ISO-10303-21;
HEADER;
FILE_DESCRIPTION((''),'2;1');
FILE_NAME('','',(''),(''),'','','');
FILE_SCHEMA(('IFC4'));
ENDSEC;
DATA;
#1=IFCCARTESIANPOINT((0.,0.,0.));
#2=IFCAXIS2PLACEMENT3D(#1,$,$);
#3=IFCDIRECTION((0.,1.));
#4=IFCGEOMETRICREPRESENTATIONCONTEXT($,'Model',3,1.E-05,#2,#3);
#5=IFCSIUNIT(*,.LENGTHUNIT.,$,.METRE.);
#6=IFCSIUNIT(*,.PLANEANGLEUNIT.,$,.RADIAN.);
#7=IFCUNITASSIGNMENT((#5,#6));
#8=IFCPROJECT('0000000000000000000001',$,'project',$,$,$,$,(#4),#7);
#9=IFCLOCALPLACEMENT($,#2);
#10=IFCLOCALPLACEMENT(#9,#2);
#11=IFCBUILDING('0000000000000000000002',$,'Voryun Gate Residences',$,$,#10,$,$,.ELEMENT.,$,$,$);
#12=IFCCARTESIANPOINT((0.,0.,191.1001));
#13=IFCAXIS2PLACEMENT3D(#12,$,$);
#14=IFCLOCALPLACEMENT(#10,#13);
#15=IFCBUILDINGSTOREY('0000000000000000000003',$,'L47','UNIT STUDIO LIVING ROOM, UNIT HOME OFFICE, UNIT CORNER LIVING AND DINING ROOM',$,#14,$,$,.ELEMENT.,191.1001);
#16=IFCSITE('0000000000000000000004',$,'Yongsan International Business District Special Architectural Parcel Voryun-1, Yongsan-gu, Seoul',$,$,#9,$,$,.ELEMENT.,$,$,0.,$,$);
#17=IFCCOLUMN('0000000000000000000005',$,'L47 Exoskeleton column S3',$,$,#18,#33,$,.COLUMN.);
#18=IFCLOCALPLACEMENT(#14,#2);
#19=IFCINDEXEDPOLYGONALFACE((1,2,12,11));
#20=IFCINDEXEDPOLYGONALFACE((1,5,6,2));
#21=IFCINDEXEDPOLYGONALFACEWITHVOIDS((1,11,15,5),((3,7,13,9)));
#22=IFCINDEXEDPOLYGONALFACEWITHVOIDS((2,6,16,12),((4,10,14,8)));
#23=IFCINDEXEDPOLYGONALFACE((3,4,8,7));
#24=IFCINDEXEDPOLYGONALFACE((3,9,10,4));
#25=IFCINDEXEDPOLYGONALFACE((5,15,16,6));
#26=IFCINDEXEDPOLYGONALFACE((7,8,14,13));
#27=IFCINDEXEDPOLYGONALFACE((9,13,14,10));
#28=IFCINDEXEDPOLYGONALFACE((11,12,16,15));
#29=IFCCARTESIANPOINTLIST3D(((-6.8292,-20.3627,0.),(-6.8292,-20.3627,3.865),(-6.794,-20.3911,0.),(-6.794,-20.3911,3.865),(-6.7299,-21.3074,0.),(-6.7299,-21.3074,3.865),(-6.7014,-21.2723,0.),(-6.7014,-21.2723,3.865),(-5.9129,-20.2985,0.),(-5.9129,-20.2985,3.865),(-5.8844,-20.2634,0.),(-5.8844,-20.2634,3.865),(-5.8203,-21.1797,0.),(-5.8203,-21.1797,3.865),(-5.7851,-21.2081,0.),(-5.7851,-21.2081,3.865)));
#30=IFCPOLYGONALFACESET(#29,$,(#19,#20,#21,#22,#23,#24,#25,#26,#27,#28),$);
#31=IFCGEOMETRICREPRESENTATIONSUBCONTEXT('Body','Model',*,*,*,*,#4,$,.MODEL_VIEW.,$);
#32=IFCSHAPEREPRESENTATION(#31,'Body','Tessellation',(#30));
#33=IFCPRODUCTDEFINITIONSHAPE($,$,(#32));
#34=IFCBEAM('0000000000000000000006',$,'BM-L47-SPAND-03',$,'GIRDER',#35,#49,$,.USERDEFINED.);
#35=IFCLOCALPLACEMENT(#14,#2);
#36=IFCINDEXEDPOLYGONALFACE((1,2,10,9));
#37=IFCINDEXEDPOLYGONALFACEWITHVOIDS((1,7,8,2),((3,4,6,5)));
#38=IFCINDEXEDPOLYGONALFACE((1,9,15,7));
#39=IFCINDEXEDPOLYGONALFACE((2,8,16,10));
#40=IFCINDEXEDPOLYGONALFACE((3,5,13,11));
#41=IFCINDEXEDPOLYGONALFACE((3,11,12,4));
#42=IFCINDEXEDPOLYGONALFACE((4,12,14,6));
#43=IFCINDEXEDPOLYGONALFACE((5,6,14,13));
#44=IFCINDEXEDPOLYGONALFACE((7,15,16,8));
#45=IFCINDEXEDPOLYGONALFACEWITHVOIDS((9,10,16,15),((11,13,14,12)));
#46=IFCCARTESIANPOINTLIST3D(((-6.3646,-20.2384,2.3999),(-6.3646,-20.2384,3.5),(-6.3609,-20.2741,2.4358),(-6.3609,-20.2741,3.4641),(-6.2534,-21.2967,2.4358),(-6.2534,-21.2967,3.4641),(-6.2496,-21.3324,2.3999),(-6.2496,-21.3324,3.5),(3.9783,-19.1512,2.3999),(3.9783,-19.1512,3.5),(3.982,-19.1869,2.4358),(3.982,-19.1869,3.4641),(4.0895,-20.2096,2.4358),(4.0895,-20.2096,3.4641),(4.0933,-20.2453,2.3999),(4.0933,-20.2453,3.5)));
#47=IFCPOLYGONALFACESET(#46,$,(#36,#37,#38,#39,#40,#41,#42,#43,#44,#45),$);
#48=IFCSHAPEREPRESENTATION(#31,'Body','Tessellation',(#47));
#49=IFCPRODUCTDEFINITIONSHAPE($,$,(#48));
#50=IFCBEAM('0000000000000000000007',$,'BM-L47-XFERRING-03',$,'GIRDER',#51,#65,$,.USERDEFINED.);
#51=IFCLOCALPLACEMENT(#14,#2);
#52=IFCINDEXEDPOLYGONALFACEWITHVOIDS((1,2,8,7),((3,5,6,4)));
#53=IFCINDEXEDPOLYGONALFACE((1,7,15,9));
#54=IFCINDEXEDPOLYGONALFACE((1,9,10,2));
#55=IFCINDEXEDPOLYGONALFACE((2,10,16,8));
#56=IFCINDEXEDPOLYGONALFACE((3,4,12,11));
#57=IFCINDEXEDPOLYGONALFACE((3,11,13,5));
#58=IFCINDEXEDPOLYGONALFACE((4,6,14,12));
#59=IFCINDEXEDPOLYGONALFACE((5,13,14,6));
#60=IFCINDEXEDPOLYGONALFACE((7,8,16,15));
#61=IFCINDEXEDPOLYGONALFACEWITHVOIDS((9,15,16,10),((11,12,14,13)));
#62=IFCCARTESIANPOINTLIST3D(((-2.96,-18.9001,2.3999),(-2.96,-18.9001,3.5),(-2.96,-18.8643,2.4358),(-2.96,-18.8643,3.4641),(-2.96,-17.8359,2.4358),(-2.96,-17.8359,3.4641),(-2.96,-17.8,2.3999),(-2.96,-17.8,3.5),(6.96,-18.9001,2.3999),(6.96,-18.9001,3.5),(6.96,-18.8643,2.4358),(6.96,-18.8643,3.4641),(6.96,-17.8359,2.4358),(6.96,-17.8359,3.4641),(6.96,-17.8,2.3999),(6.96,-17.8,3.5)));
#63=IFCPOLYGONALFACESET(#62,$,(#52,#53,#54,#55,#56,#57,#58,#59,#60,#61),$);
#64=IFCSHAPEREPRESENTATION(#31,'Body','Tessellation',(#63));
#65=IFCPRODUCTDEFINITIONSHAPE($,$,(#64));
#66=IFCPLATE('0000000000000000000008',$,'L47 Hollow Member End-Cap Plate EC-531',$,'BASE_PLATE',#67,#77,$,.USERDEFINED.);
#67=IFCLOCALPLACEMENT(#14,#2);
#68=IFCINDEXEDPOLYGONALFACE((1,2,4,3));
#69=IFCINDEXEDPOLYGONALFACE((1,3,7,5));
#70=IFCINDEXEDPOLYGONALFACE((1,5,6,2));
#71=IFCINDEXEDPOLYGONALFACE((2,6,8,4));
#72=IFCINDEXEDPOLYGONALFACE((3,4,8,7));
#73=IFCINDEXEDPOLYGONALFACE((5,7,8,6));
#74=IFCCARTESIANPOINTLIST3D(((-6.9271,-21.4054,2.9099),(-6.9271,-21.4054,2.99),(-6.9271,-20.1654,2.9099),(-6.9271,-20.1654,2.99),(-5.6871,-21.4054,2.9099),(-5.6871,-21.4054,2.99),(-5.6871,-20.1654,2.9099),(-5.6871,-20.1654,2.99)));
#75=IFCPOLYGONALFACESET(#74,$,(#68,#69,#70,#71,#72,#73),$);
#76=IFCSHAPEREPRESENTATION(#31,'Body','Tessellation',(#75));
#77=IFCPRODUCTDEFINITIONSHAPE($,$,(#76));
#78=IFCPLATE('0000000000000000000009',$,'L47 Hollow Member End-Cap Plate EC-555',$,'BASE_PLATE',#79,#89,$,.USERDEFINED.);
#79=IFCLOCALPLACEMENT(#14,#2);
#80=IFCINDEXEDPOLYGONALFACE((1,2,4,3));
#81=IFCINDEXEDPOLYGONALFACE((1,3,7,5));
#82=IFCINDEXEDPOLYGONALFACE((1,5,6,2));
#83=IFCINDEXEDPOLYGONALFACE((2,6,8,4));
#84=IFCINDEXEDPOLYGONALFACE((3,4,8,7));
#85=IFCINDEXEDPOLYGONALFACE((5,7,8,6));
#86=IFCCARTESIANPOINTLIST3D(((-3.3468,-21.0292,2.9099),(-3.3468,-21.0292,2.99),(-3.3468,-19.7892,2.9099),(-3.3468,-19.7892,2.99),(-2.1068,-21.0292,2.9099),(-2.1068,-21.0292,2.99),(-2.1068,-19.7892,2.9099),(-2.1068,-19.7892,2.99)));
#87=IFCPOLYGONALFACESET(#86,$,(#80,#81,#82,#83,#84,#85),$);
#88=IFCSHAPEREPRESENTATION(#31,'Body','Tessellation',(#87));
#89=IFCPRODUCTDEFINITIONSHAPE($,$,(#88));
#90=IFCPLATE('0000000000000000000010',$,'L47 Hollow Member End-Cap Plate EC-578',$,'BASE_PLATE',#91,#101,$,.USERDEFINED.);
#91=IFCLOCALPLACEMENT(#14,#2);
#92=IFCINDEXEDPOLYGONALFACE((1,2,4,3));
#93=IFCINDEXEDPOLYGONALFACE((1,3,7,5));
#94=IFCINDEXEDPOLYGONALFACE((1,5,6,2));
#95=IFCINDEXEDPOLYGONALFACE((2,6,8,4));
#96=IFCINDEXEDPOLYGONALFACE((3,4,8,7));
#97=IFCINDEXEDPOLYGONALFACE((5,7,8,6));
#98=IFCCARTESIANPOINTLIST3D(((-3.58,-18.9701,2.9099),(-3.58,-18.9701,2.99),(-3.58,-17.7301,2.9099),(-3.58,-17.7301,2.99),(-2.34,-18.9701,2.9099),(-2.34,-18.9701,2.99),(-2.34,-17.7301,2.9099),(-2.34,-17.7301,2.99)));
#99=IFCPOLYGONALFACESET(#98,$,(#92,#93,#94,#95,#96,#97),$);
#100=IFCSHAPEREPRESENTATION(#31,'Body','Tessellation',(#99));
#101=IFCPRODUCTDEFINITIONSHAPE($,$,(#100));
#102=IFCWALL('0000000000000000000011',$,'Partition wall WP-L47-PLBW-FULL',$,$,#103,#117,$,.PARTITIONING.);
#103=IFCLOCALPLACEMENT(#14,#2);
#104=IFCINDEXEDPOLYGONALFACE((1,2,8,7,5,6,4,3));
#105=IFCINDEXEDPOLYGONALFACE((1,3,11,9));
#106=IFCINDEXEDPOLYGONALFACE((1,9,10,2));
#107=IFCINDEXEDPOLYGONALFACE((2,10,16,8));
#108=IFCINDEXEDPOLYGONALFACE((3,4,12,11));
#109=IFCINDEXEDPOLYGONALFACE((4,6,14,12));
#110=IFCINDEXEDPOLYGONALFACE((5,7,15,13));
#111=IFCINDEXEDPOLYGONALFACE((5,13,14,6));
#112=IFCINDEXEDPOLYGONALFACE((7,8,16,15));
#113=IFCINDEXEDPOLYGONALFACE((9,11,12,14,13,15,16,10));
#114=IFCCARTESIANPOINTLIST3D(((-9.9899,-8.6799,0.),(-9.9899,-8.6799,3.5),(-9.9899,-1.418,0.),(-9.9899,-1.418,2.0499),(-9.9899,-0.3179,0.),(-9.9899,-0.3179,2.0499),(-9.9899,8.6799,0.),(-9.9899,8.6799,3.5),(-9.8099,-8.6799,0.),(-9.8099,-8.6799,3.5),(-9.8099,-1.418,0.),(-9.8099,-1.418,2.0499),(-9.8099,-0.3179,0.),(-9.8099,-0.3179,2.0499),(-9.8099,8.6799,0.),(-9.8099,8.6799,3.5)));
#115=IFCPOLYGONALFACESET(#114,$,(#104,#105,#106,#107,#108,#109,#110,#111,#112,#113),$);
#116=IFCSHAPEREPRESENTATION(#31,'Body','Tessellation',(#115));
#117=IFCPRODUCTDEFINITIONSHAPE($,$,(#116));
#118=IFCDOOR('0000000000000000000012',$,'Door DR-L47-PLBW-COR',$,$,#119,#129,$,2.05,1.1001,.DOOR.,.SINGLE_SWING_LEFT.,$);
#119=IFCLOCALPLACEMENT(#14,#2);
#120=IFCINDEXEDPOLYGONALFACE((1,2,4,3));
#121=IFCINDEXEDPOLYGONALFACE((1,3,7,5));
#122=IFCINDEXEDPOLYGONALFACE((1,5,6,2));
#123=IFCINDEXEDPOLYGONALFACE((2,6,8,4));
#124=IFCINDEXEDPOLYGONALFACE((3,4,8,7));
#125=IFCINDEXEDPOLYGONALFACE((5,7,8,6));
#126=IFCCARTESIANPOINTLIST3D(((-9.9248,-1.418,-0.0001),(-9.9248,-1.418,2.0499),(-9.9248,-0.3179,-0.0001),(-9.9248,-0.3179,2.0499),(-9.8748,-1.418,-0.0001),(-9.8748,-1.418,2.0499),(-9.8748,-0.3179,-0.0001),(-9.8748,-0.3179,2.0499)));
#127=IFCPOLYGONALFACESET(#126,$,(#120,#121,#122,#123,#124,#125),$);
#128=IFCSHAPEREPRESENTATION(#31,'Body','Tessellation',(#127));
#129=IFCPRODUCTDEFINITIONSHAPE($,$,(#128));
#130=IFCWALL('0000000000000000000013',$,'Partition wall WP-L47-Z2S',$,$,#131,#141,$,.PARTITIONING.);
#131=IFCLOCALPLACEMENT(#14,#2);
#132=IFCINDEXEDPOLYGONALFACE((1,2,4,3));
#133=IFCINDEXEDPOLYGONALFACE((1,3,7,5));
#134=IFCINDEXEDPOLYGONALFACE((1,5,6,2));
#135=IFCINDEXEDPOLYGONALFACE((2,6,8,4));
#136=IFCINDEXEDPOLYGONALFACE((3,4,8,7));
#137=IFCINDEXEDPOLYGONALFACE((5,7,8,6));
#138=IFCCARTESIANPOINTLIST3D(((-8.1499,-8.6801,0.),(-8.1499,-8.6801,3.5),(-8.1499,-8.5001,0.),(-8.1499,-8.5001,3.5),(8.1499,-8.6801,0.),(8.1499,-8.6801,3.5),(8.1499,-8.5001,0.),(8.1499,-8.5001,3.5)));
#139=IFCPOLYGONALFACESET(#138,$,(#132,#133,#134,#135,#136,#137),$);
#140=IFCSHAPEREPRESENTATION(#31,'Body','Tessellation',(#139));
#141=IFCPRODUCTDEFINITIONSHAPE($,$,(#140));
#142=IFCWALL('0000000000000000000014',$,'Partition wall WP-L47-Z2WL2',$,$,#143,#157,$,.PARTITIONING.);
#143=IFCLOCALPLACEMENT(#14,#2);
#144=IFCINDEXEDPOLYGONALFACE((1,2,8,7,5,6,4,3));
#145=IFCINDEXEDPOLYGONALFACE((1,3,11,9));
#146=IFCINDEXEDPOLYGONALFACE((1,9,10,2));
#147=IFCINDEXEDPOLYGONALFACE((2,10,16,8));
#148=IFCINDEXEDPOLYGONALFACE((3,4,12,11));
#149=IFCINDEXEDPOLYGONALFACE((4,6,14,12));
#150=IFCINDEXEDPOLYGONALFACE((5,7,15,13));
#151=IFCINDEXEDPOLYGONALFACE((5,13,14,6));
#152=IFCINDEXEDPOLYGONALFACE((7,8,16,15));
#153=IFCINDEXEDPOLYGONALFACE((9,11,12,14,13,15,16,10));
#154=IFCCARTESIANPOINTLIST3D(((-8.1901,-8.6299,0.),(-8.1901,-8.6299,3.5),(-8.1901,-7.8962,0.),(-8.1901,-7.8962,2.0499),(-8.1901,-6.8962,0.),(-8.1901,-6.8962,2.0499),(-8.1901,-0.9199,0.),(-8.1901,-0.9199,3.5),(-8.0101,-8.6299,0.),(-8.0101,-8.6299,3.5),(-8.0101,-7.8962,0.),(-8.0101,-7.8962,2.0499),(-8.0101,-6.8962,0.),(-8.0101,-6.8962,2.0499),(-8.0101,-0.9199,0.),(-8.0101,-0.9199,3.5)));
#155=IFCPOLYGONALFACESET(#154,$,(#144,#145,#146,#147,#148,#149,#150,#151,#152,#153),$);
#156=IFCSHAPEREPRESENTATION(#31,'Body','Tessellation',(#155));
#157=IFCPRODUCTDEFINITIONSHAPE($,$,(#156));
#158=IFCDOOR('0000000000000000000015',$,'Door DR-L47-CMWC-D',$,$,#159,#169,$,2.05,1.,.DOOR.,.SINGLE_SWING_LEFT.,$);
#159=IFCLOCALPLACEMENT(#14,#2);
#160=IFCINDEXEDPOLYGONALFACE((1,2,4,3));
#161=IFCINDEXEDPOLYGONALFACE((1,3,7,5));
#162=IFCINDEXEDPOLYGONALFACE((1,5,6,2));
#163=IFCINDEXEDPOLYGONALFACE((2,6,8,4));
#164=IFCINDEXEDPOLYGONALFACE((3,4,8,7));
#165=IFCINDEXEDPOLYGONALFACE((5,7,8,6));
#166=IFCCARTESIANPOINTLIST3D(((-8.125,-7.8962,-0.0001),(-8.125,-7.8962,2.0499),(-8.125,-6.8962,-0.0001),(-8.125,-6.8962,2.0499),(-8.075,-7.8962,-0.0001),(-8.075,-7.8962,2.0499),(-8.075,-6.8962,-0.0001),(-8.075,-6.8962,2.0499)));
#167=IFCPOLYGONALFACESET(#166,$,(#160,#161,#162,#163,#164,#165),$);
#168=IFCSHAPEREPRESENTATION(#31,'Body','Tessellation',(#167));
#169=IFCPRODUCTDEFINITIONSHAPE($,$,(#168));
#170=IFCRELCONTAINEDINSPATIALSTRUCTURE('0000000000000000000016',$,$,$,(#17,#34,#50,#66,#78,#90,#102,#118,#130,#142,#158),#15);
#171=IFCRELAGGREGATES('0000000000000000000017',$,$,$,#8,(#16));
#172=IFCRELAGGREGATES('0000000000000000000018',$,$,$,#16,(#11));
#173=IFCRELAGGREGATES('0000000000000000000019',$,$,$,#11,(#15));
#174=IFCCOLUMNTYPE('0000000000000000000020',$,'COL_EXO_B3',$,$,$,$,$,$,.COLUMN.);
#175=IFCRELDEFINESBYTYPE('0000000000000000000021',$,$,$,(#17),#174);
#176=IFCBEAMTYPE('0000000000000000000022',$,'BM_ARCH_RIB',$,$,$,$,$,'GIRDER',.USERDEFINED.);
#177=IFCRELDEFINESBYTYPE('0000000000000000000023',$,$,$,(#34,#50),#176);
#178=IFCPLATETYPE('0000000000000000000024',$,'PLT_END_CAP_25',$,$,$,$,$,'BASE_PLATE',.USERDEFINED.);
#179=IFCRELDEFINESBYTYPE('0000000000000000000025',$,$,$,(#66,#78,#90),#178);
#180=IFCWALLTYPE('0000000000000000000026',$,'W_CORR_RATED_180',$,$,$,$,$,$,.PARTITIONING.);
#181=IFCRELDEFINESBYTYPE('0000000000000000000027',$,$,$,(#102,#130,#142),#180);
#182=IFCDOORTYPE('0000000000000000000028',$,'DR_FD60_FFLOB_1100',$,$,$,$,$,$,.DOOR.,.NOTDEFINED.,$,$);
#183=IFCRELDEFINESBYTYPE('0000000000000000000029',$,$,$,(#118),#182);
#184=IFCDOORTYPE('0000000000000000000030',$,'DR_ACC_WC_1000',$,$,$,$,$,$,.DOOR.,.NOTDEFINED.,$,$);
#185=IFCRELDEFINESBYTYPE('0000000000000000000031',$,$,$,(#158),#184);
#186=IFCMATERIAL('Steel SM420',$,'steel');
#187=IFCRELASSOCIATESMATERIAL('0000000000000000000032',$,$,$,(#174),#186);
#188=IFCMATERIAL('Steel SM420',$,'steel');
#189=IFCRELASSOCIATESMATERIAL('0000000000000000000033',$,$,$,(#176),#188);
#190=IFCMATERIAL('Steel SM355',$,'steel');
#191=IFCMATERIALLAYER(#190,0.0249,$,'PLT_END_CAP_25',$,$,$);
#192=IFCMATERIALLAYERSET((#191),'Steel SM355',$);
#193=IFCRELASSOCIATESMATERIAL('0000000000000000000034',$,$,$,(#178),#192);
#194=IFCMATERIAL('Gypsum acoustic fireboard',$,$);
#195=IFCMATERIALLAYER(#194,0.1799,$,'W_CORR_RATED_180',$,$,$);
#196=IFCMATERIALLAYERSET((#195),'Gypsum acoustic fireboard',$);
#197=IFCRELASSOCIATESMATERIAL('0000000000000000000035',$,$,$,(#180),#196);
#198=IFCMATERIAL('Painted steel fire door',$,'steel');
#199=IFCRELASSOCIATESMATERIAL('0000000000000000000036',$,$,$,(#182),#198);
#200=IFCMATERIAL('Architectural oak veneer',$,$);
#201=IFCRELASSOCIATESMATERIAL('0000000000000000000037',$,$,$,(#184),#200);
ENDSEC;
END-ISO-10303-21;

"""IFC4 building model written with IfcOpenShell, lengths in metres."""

from ifc_helpers import new_model, si_unit, direction, frame, frame_2d, origin, origin_2d, place, context, subcontext, project, spatial, rectangle, hollow_rectangle, extrude, material, layer, layer_set, material_profile, profile_set, type_object, element, fill, save


model = new_model("IFC4")

# Units and contexts
model_context = context("Model", 3, precision=1e-05, world=origin(), true_north=direction((0.0, 1.0)))
body_context = subcontext(model_context, "Body", "Model", "MODEL_VIEW")
ifc_project = project(units=[si_unit("LENGTHUNIT", "METRE"), si_unit("PLANEANGLEUNIT", "RADIAN")], contexts=[model_context])

# Site, building, storey
site_placement = place(None, origin())
site = spatial("IfcSite", under=ifc_project, at=site_placement, Name="Yongsan International Business District Special Architectural Parcel Voryun-1, Yongsan-gu, Seoul", CompositionType="ELEMENT", RefElevation=0.0)
building_placement = place(site_placement, origin())
building = spatial("IfcBuilding", under=site, at=building_placement, Name="Voryun Gate Residences", CompositionType="ELEMENT")
storey_placement = place(building_placement, frame((0.0, 0.0, 191.1001)))
storey = spatial("IfcBuildingStorey", under=building, at=storey_placement, Name="L47", Description="UNIT STUDIO LIVING ROOM, UNIT HOME OFFICE, UNIT CORNER LIVING AND DINING ROOM", CompositionType="ELEMENT", Elevation=191.1001)

# Column
ifc_material_1 = material(Name="Steel SM420", Category="steel")
ifc_material_profile_1 = material_profile(ifc_material_1, hollow_rectangle(XDim=0.95, YDim=0.95, WallThickness=0.032, at=origin_2d()), Name="BOX-950x950x32")
ifc_profile_set_1 = profile_set([ifc_material_profile_1], Name="Steel SM420")
column_type = type_object("IfcColumnType", Name="COL_EXO_B3", PredefinedType="COLUMN", material=ifc_profile_set_1)
column_placement = place(storey_placement, frame((-6.3071, -20.7854, 0.0), z_axis=(0.0, 0.0, 1.0), x_axis=(0.994522, 0.104528, 0.0)))
element("IfcColumn", 1, at=column_placement, inside=storey, type_object=column_type, Name="L47 Exoskeleton column S3", PredefinedType="COLUMN", context=body_context, shape_type="SweptSolid", body=[
    extrude(hollow_rectangle(XDim=0.95, YDim=0.95, WallThickness=0.032, at=origin_2d()), origin(), (0.0, 0.0, 1.0), 3.865),
])

# Beams
ifc_material_2 = material(Name="Steel SM420", Category="steel")
ifc_material_profile_2 = material_profile(ifc_material_2, hollow_rectangle(XDim=1.1001, YDim=1.1001, WallThickness=0.0359, at=origin_2d()), Name="BOX-1100x1100x36")
ifc_profile_set_2 = profile_set([ifc_material_profile_2], Name="Steel SM420")
beam_type = type_object("IfcBeamType", Name="BM_ARCH_RIB", ElementType="GIRDER", PredefinedType="USERDEFINED", material=ifc_profile_set_2)
beam_1_placement = place(storey_placement, frame((-6.3071, -20.7854, 2.95), z_axis=(0.994521, 0.104534, 0.0), x_axis=(-0.104534, 0.994521, 0.0)))
element("IfcBeam", 2, at=beam_1_placement, inside=storey, type_object=beam_type, Name="BM-L47-SPAND-03", ObjectType="GIRDER", PredefinedType="USERDEFINED", context=body_context, shape_type="SweptSolid", body=[
    extrude(hollow_rectangle(XDim=1.1001, YDim=1.1001, WallThickness=0.0359, at=origin_2d()), origin(), (0.0, 0.0, 1.0), 10.3999),
])
beam_2_placement = place(storey_placement, frame((-2.96, -18.3501, 2.95), z_axis=(1.0, 0.0, 0.0), x_axis=(0.0, 1.0, 0.0)))
element("IfcBeam", 3, at=beam_2_placement, inside=storey, type_object=beam_type, Name="BM-L47-XFERRING-03", ObjectType="GIRDER", PredefinedType="USERDEFINED", context=body_context, shape_type="SweptSolid", body=[
    extrude(hollow_rectangle(XDim=1.1001, YDim=1.1001, WallThickness=0.0359, at=origin_2d()), origin(), (0.0, 0.0, 1.0), 9.9199),
])

# Plates
ifc_material_3 = material(Name="Steel SM355", Category="steel")
ifc_layer_1 = layer(ifc_material_3, 0.0249, Name="PLT_END_CAP_25")
ifc_layer_set_1 = layer_set([ifc_layer_1], Name="Steel SM355")
plate_type = type_object("IfcPlateType", Name="PLT_END_CAP_25", ElementType="BASE_PLATE", PredefinedType="USERDEFINED", material=ifc_layer_set_1)
for number, where, z_axis, x_axis, name in (
    (4, (-6.3071, -20.7854, 2.9099), (0.0, 0.0, 1.0), (1.0, 0.0, 0.0), "L47 Hollow Member End-Cap Plate EC-531"),
    (5, (-2.7268, -20.4092, 2.9099), (0.0, 0.0, 1.0), (1.0, 0.0, 0.0), "L47 Hollow Member End-Cap Plate EC-555"),
    (6, (-2.96, -18.3501, 2.9099), (0.0, 0.0, 1.0), (1.0, 0.0, 0.0), "L47 Hollow Member End-Cap Plate EC-578"),
):
    element("IfcPlate", number, at=place(storey_placement, frame(where, z_axis=z_axis, x_axis=x_axis)), inside=storey, type_object=plate_type, Name=name, ObjectType="BASE_PLATE", PredefinedType="USERDEFINED", context=body_context, shape_type="SweptSolid", body=[
        extrude(rectangle(XDim=1.24, YDim=1.24, at=origin_2d()), origin(), (0.0, 0.0, 1.0), 0.0801),
    ])

# Wall, opening, door
ifc_material_4 = material(Name="Gypsum acoustic fireboard")
ifc_layer_2 = layer(ifc_material_4, 0.1799, Name="W_CORR_RATED_180")
ifc_layer_set_2 = layer_set([ifc_layer_2], Name="Gypsum acoustic fireboard")
wall_type_1 = type_object("IfcWallType", Name="W_CORR_RATED_180", PredefinedType="PARTITIONING", material=ifc_layer_set_2)
wall_1_placement = place(storey_placement, frame((-9.8999, -8.6799, 0.0), z_axis=(0.0, 0.0, 1.0), x_axis=(0.0, 1.0, 0.0)))
wall_1 = element("IfcWall", 7, at=wall_1_placement, inside=storey, type_object=wall_type_1, Name="Partition wall WP-L47-PLBW-FULL", PredefinedType="PARTITIONING", context=body_context, shape_type="SweptSolid", body=[
    extrude(rectangle(XDim=17.3599, YDim=0.1799, at=frame_2d((8.6799, 0.0))), origin(), (0.0, 0.0, 1.0), 3.5),
])
opening_1_placement = place(wall_1_placement, frame((7.262, 0.0, 0.0)))
opening_1 = element("IfcOpeningElement", 8, at=opening_1_placement, cuts=wall_1, PredefinedType="OPENING", context=body_context, shape_type="SweptSolid", body=[
    extrude(rectangle(XDim=1.1001, YDim=2.05, at=frame_2d((0.55, 1.0249))), frame((0.0, 0.0999, 0.0), z_axis=(0.0, -1.0, 0.0), x_axis=(1.0, 0.0, 0.0)), (0.0, 0.0, 1.0), 0.2),
])
ifc_material_5 = material(Name="Painted steel fire door", Category="steel")
door_type_1 = type_object("IfcDoorType", Name="DR_FD60_FFLOB_1100", OperationType="NOTDEFINED", PredefinedType="DOOR", material=ifc_material_5)
door_1_placement = place(opening_1_placement, origin())
door_1 = element("IfcDoor", 9, at=door_1_placement, inside=storey, type_object=door_type_1, Name="Door DR-L47-PLBW-COR", OperationType="SINGLE_SWING_LEFT", OverallHeight=2.05, OverallWidth=1.1001, PredefinedType="DOOR", context=body_context, shape_type="SweptSolid", body=[
    extrude(rectangle(XDim=1.1001, YDim=2.05, at=frame_2d((0.55, 1.0249))), frame((0.0, 0.0249, 0.0), z_axis=(0.0, -1.0, 0.0), x_axis=(1.0, 0.0, 0.0)), (0.0, 0.0, 1.0), 0.05),
])
fill(opening_1, door_1)

# Wall
wall_2_placement = place(storey_placement, frame((-8.1499, -8.5901, 0.0), z_axis=(0.0, 0.0, 1.0), x_axis=(1.0, 0.0, 0.0)))
element("IfcWall", 10, at=wall_2_placement, inside=storey, type_object=wall_type_1, Name="Partition wall WP-L47-Z2S", PredefinedType="PARTITIONING", context=body_context, shape_type="SweptSolid", body=[
    extrude(rectangle(XDim=16.2998, YDim=0.1799, at=frame_2d((8.1499, 0.0))), origin(), (0.0, 0.0, 1.0), 3.5),
])

# Wall, opening, door
wall_3_placement = place(storey_placement, frame((-8.1001, -8.6299, 0.0), z_axis=(0.0, 0.0, 1.0), x_axis=(0.0, 1.0, 0.0)))
wall_3 = element("IfcWall", 11, at=wall_3_placement, inside=storey, type_object=wall_type_1, Name="Partition wall WP-L47-Z2WL2", PredefinedType="PARTITIONING", context=body_context, shape_type="SweptSolid", body=[
    extrude(rectangle(XDim=7.71, YDim=0.1799, at=frame_2d((3.855, 0.0))), origin(), (0.0, 0.0, 1.0), 3.5),
])
opening_2_placement = place(wall_3_placement, frame((0.7336, 0.0, 0.0)))
opening_2 = element("IfcOpeningElement", 12, at=opening_2_placement, cuts=wall_3, PredefinedType="OPENING", context=body_context, shape_type="SweptSolid", body=[
    extrude(rectangle(XDim=1.0, YDim=2.05, at=frame_2d((0.5, 1.0249))), frame((0.0, 0.0999, 0.0), z_axis=(0.0, -1.0, 0.0), x_axis=(1.0, 0.0, 0.0)), (0.0, 0.0, 1.0), 0.2),
])
ifc_material_6 = material(Name="Architectural oak veneer")
door_type_2 = type_object("IfcDoorType", Name="DR_ACC_WC_1000", OperationType="NOTDEFINED", PredefinedType="DOOR", material=ifc_material_6)
door_2_placement = place(opening_2_placement, origin())
door_2 = element("IfcDoor", 13, at=door_2_placement, inside=storey, type_object=door_type_2, Name="Door DR-L47-CMWC-D", OperationType="SINGLE_SWING_LEFT", OverallHeight=2.05, OverallWidth=1.0, PredefinedType="DOOR", context=body_context, shape_type="SweptSolid", body=[
    extrude(rectangle(XDim=1.0, YDim=2.05, at=frame_2d((0.5, 1.0249))), frame((0.0, 0.0249, 0.0), z_axis=(0.0, -1.0, 0.0), x_axis=(1.0, 0.0, 0.0)), (0.0, 0.0, 1.0), 0.05),
])
fill(opening_2, door_2)

save(model, "model.ifc")
